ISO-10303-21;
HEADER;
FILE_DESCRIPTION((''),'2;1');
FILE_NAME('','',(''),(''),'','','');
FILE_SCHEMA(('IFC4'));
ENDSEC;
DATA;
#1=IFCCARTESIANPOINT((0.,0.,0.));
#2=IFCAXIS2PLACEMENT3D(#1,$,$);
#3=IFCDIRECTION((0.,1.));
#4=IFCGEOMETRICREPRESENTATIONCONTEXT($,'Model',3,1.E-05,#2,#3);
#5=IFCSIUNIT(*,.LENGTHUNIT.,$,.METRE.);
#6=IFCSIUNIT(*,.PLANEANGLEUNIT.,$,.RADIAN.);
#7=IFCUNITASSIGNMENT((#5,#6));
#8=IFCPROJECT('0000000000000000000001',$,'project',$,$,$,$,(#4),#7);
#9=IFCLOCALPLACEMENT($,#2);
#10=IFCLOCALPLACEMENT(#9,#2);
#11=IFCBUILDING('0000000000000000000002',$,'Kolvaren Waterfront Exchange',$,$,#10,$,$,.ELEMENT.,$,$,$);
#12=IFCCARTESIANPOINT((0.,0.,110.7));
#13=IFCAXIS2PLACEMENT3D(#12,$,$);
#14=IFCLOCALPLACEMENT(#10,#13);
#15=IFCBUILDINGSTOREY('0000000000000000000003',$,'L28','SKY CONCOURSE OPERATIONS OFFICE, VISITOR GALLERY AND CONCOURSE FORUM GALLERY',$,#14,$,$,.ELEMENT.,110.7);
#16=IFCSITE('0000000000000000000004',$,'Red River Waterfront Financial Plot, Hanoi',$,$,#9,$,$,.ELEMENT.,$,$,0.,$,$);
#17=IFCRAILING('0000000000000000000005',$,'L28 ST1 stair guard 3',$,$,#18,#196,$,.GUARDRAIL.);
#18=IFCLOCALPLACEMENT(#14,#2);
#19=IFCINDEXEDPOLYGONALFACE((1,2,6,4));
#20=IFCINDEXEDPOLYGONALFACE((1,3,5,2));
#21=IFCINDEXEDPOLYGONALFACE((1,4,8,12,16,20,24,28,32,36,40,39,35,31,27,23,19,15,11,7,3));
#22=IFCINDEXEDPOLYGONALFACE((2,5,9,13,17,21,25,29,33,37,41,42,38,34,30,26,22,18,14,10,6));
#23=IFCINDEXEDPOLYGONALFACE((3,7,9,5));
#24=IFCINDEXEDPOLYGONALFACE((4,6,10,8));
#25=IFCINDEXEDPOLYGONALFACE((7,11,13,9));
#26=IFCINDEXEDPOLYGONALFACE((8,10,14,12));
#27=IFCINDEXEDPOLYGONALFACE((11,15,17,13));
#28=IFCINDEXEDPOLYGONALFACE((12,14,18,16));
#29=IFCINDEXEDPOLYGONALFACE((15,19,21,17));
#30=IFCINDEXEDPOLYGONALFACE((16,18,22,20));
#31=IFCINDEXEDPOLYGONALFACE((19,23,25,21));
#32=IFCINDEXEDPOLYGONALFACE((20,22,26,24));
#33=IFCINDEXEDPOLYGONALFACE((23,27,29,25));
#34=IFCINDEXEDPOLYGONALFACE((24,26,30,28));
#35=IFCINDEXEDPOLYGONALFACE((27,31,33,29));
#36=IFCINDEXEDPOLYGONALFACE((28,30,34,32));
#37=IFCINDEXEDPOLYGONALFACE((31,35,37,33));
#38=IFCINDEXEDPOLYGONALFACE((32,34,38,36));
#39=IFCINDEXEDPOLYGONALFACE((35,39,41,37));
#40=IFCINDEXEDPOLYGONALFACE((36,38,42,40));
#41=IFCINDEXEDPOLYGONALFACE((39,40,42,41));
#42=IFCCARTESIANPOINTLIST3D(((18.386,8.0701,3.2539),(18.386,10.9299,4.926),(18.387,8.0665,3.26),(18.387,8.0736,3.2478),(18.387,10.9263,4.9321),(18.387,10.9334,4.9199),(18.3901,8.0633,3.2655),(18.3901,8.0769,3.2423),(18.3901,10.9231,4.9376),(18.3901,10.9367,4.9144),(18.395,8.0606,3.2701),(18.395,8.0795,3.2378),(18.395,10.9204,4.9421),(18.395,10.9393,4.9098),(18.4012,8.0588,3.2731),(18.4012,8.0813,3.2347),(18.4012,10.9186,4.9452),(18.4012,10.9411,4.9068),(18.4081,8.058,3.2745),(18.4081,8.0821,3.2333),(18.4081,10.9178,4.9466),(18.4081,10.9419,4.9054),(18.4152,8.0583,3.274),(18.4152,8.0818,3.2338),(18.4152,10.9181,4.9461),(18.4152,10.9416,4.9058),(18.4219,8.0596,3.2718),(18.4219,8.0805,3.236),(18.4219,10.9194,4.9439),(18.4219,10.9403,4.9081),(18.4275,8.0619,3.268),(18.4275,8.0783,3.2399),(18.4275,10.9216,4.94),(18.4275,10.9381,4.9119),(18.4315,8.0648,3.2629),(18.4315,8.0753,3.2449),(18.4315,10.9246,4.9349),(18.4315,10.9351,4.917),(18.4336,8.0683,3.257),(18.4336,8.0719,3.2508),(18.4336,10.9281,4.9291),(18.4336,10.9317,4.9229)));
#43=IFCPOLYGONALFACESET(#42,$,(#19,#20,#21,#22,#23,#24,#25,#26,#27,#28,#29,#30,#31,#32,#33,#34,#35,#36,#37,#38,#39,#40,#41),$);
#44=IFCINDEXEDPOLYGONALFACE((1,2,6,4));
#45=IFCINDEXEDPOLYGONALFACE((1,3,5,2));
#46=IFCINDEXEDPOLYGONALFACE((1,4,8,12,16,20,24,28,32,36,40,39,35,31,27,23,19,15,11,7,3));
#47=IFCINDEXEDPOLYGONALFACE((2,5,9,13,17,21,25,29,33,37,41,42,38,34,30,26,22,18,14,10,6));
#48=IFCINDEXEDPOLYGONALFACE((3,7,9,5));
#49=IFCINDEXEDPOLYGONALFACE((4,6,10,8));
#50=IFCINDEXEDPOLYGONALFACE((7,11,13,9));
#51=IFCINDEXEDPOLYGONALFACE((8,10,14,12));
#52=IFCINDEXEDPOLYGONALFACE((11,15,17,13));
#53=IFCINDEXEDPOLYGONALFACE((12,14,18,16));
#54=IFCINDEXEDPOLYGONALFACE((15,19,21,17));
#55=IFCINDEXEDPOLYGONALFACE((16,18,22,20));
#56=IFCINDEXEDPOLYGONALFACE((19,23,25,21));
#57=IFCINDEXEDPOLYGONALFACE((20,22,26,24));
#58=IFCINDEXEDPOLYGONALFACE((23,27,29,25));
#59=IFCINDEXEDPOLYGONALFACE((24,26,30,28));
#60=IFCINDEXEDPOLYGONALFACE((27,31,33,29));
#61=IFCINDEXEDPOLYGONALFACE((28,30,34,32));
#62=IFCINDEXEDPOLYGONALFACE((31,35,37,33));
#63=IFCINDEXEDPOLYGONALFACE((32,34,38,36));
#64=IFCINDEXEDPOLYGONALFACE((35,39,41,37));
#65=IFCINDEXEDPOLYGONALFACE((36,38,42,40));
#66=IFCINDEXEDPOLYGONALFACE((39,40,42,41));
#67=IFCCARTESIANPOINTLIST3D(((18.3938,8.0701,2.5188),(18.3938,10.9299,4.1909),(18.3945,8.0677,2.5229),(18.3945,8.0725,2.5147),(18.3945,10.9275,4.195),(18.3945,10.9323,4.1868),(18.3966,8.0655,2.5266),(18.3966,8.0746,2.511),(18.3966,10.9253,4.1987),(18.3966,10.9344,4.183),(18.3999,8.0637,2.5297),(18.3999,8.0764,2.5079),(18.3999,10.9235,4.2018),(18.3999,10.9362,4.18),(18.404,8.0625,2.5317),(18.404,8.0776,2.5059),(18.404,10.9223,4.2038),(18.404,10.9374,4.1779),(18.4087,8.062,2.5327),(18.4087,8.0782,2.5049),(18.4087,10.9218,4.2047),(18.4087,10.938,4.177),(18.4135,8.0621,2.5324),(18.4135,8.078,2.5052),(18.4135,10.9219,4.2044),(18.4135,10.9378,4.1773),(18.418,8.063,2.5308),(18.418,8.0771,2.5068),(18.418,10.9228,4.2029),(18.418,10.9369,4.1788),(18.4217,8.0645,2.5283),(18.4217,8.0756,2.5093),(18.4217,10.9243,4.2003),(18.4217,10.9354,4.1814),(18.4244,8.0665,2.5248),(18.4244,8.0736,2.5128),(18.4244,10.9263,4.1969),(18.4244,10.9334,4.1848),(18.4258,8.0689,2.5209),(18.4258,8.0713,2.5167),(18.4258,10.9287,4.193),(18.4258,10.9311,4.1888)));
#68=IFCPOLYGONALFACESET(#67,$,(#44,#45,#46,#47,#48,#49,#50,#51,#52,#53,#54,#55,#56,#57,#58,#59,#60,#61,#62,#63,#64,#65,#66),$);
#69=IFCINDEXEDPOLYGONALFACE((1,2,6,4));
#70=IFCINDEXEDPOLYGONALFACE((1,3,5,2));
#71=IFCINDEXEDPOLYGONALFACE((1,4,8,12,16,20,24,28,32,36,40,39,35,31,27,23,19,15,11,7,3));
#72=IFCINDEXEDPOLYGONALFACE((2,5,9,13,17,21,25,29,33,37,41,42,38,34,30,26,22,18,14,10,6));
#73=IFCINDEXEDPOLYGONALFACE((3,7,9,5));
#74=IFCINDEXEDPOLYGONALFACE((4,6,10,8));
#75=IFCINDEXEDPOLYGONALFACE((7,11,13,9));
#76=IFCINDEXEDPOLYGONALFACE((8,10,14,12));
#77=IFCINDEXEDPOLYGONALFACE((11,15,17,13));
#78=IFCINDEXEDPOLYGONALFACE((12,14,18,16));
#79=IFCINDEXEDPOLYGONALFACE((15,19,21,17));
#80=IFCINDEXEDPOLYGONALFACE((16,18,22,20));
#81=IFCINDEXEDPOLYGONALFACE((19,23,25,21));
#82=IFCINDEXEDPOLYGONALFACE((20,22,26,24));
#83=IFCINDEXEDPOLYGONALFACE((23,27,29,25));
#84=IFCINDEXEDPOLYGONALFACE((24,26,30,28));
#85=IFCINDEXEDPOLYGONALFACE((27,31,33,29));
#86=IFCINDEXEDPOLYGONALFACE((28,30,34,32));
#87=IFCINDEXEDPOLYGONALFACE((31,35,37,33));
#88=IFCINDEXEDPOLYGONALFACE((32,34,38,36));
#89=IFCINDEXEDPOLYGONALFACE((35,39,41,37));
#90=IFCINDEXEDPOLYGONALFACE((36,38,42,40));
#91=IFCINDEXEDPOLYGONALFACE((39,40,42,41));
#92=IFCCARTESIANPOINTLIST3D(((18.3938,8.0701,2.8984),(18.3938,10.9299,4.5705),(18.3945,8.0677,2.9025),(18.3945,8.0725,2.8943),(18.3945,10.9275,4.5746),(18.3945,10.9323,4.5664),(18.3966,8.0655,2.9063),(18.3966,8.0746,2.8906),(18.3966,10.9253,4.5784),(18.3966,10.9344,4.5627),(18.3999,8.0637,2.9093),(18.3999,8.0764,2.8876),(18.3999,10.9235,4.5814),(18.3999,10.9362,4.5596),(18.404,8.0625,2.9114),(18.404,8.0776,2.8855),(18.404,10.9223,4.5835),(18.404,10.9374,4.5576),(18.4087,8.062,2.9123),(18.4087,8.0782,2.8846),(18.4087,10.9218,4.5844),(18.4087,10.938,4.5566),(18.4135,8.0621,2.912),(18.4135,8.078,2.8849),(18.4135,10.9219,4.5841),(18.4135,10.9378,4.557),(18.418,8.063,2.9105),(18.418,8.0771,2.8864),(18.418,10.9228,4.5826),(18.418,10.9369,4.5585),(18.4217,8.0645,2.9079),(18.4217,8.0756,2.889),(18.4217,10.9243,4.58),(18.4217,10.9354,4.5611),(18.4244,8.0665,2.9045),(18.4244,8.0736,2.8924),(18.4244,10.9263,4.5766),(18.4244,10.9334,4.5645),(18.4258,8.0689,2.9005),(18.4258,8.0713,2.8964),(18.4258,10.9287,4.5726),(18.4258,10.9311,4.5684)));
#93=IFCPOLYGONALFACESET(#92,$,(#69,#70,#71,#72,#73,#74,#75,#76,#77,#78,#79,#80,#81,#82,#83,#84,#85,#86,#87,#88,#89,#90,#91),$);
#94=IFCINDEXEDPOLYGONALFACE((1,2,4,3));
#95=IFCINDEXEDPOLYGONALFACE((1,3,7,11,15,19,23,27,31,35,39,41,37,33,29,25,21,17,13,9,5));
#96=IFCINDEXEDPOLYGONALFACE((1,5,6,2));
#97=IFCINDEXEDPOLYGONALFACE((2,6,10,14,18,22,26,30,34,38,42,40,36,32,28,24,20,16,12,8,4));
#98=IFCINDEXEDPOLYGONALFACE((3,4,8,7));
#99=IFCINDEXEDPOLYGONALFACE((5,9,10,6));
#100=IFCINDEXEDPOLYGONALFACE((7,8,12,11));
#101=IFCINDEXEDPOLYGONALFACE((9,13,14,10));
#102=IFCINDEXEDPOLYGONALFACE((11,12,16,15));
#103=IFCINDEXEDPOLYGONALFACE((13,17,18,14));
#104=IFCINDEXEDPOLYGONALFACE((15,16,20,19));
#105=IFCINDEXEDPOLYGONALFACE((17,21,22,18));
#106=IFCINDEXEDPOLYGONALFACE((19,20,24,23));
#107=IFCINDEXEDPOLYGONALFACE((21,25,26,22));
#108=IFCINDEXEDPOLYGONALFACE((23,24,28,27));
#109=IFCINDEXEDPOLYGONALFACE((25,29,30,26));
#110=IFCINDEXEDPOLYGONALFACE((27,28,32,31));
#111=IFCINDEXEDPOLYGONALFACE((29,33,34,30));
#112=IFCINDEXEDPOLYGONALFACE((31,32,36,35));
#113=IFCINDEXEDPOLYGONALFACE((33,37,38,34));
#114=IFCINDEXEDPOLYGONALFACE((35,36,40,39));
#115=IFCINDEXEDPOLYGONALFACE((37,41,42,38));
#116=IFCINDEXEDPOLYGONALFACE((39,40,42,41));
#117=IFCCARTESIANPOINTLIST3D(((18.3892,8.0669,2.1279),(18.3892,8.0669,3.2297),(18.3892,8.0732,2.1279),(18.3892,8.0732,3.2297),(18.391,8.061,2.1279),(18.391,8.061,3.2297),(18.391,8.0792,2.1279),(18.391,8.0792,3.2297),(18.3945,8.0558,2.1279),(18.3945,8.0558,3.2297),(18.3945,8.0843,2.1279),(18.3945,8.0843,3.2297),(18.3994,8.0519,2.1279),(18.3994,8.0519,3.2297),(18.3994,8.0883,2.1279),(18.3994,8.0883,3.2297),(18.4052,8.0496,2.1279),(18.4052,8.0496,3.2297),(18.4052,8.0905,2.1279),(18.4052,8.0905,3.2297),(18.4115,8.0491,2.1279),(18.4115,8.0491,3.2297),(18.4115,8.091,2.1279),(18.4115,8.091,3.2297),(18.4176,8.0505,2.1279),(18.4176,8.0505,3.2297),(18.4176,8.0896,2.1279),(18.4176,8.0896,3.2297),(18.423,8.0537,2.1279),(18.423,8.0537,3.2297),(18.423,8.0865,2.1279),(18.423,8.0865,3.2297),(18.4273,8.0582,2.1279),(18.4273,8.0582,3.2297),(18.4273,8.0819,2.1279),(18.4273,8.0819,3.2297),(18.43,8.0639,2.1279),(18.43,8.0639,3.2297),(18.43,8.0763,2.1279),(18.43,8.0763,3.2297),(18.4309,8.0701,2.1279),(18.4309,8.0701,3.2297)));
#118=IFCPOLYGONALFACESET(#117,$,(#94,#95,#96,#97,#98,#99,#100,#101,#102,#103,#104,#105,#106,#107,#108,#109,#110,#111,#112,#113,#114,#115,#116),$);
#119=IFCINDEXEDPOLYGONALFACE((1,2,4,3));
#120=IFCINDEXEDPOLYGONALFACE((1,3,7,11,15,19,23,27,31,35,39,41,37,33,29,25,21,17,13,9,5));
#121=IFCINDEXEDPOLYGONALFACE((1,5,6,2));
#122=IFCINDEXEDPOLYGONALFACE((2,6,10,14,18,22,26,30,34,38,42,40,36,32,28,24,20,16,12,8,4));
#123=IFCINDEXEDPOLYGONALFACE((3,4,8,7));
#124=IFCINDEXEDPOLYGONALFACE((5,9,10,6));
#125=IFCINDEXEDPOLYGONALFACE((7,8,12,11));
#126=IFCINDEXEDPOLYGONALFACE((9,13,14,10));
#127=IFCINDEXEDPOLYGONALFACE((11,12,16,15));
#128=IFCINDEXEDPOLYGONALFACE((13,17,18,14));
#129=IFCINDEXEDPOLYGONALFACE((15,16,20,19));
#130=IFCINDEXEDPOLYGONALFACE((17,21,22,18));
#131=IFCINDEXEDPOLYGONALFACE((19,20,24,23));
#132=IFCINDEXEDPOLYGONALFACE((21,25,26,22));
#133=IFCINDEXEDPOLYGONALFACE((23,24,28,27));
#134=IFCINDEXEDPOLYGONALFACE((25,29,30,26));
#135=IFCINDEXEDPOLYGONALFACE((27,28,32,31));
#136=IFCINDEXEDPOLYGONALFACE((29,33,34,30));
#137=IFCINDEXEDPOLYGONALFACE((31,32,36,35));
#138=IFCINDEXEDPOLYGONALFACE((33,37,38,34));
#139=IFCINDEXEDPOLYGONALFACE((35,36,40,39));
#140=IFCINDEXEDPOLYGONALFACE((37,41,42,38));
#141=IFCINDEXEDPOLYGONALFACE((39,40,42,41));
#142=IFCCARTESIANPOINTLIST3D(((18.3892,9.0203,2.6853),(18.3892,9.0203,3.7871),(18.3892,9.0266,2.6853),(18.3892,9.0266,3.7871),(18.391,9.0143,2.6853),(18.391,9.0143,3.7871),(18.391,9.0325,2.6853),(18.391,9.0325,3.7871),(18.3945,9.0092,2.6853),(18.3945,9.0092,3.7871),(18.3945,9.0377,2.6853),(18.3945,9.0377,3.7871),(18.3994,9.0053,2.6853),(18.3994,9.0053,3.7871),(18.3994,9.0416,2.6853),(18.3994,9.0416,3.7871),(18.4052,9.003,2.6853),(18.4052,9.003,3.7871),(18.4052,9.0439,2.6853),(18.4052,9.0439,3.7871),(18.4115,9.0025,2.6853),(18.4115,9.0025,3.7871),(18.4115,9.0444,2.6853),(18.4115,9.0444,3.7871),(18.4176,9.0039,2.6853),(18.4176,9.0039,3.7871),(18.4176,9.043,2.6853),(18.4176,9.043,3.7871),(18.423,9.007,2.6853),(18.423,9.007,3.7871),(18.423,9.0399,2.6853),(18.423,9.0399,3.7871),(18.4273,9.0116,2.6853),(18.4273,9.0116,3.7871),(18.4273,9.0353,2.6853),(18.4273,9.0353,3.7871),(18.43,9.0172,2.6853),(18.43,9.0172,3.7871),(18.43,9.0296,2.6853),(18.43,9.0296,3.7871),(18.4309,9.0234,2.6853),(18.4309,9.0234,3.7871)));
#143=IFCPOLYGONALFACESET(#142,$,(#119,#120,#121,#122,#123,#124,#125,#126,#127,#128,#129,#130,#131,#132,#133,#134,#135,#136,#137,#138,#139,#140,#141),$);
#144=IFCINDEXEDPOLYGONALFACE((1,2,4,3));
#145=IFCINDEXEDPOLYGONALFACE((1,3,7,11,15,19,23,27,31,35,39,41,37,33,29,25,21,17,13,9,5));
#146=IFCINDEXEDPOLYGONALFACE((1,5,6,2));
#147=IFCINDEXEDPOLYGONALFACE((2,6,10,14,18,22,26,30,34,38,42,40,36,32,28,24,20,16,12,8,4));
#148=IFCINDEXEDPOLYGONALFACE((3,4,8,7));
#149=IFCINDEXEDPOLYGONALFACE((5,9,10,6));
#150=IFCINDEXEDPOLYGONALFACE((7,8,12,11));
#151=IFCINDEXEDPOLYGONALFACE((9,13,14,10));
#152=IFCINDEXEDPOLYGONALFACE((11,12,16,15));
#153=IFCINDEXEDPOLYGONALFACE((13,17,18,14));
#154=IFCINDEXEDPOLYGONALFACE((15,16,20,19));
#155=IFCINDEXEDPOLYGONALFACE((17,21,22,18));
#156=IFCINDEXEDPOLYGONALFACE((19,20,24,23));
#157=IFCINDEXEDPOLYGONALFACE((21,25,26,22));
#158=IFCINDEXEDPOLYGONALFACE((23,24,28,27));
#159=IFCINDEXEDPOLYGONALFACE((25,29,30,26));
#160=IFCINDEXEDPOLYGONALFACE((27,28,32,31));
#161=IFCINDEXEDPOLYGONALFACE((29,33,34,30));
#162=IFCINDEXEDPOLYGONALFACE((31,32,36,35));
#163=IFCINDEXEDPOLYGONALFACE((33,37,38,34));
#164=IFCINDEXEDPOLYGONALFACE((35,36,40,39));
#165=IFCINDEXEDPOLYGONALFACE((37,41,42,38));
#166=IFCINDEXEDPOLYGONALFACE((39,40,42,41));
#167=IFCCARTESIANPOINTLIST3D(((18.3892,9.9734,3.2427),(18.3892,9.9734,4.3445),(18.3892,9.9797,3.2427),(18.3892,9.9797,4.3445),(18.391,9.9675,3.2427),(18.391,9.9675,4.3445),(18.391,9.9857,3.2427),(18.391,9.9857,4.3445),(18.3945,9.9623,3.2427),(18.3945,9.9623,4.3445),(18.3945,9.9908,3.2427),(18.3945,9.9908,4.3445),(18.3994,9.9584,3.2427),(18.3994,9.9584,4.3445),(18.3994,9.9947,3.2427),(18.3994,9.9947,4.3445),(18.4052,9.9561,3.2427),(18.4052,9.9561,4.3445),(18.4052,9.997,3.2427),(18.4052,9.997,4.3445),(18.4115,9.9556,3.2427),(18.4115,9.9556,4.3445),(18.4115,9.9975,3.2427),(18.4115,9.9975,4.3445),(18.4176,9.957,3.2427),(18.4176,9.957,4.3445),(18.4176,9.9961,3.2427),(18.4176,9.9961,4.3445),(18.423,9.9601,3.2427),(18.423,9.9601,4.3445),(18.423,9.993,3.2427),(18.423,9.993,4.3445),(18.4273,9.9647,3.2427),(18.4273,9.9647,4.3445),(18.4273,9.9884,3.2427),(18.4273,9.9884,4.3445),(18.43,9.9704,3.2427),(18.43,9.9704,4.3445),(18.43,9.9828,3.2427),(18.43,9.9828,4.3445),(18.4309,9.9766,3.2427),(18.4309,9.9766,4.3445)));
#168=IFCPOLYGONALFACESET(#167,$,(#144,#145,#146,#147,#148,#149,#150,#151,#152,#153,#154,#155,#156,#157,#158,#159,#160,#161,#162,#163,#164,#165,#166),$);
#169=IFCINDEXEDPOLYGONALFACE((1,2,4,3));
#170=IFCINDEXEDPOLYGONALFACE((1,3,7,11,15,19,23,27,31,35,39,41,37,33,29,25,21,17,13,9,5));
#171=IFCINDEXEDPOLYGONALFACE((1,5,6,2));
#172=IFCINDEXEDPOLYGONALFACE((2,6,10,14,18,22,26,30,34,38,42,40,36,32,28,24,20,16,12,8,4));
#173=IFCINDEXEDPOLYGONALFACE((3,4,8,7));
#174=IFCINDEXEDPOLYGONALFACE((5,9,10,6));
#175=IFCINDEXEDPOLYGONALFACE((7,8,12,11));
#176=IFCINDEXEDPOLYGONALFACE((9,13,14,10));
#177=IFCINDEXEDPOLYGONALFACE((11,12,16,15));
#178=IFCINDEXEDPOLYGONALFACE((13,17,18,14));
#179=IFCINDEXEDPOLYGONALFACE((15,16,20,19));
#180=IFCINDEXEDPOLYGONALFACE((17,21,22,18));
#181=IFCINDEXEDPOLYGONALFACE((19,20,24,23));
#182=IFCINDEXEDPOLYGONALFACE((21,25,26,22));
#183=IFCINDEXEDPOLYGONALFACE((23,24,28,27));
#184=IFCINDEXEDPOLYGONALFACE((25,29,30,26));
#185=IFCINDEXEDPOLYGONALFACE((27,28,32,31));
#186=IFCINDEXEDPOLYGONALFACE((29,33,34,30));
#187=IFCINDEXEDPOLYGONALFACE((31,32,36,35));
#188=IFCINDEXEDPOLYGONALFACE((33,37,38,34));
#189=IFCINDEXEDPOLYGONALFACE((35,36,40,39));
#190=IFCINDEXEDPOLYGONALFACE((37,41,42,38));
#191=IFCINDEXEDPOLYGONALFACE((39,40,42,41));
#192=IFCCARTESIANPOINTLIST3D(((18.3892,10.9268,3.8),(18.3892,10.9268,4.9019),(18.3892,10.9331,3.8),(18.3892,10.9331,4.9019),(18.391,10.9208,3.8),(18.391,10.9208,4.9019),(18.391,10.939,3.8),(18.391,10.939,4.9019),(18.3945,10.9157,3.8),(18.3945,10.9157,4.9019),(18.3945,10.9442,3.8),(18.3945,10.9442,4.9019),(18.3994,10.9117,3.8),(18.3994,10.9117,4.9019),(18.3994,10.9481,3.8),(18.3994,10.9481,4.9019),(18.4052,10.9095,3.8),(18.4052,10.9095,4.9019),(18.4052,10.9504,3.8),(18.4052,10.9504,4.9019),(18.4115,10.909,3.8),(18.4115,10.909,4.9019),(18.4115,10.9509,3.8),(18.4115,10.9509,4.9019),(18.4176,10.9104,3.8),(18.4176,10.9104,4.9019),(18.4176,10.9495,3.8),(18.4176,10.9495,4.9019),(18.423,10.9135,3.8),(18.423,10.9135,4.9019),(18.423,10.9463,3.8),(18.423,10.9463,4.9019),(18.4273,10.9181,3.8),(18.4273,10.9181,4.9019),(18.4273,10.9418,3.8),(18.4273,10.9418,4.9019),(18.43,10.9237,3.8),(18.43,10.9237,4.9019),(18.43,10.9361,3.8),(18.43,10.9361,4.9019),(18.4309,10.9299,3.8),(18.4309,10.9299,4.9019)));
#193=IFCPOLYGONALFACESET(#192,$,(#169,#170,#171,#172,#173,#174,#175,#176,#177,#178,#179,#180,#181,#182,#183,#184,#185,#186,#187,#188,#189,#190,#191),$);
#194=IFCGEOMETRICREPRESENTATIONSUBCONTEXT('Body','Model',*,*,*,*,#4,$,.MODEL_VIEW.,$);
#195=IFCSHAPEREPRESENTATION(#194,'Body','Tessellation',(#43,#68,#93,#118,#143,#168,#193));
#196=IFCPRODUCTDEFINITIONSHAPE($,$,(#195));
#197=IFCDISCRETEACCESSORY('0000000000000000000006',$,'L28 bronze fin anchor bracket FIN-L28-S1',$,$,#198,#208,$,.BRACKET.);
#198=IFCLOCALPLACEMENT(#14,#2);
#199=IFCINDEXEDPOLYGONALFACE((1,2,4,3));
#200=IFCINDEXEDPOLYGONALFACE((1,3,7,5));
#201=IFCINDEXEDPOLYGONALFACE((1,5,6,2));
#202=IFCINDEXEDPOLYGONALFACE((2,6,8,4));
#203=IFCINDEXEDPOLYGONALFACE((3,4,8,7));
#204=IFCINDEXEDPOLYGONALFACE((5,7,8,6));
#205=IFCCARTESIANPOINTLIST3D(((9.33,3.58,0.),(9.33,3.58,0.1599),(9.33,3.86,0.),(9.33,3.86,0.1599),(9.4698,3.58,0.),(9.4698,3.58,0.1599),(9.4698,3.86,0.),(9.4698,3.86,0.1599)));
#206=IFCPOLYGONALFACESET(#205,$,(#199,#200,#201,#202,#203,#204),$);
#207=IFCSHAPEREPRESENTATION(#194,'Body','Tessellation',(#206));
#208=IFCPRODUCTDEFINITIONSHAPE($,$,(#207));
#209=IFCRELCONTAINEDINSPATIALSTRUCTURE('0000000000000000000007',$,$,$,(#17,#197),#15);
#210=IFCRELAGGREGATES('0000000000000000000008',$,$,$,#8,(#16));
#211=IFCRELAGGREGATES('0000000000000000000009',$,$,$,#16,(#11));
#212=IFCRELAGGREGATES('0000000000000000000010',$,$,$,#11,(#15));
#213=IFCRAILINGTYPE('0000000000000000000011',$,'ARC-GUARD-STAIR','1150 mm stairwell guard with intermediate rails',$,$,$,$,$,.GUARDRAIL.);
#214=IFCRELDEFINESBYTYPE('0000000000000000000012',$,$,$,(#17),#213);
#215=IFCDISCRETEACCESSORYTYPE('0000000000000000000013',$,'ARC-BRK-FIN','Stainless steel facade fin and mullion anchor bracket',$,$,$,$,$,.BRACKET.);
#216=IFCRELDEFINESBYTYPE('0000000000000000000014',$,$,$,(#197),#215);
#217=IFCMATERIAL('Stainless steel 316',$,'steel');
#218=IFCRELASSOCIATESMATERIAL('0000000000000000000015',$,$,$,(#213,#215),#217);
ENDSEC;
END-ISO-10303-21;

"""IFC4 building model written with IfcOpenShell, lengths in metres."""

from ifc_helpers import new_model, si_unit, direction, frame, origin, origin_with_axes, origin_2d, place, context, subcontext, project, spatial, rectangle, circle, extrude, source, transform, mapped, material, type_object, element, save


model = new_model("IFC4")

# Units and contexts
model_context = context("Model", 3, precision=1e-05, world=origin(), true_north=direction((0.0, 1.0)))
body_context = subcontext(model_context, "Body", "Model", "MODEL_VIEW")
ifc_project = project(units=[si_unit("LENGTHUNIT", "METRE"), si_unit("PLANEANGLEUNIT", "RADIAN")], contexts=[model_context])

# Site, building, storey
site_placement = place(None, origin())
site = spatial("IfcSite", under=ifc_project, at=site_placement, Name="Red River Waterfront Financial Plot, Hanoi", CompositionType="ELEMENT", RefElevation=0.0)
building_placement = place(site_placement, origin())
building = spatial("IfcBuilding", under=site, at=building_placement, Name="Kolvaren Waterfront Exchange", CompositionType="ELEMENT")
storey_placement = place(building_placement, frame((0.0, 0.0, 110.7)))
storey = spatial("IfcBuildingStorey", under=building, at=storey_placement, Name="L28", Description="SKY CONCOURSE OPERATIONS OFFICE, VISITOR GALLERY AND CONCOURSE FORUM GALLERY", CompositionType="ELEMENT", Elevation=110.7)

# Railing
ifc_material_1 = material(Name="Stainless steel 316", Category="steel")
railing_type = type_object("IfcRailingType", Name="ARC-GUARD-STAIR", Description="1150 mm stairwell guard with intermediate rails", PredefinedType="GUARDRAIL", material=ifc_material_1)
railing_1_placement = place(storey_placement, frame((18.4099, 8.0701, 2.1279)))
element("IfcRailing", 1, at=railing_1_placement, inside=storey, type_object=railing_type, Name="L28 ST1 stair guard 3", PredefinedType="GUARDRAIL", context=body_context, shape_type="SweptSolid", body=[
    extrude(circle(Radius=0.0239, at=origin_2d()), frame((0.0, 0.0, 1.126), z_axis=(0.0, 0.863271, 0.504741), x_axis=(-1.0, 0.0, 0.0)), (0.0, 0.0, 1.0), 3.3127),
    extrude(circle(Radius=0.0161, at=origin_2d()), frame((0.0, 0.0, 0.3909), z_axis=(0.0, 0.863271, 0.504741), x_axis=(-1.0, 0.0, 0.0)), (0.0, 0.0, 1.0), 3.3127),
    extrude(circle(Radius=0.0161, at=origin_2d()), frame((0.0, 0.0, 0.7705), z_axis=(0.0, 0.863271, 0.504741), x_axis=(-1.0, 0.0, 0.0)), (0.0, 0.0, 1.0), 3.3127),
    extrude(circle(Radius=0.021, at=origin_2d()), origin(), (0.0, 0.0, 1.0), 1.1018),
    extrude(circle(Radius=0.021, at=origin_2d()), frame((0.0, 0.9534, 0.5574)), (0.0, 0.0, 1.0), 1.1018),
    extrude(circle(Radius=0.021, at=origin_2d()), frame((0.0, 1.9065, 1.1147)), (0.0, 0.0, 1.0), 1.1018),
    extrude(circle(Radius=0.021, at=origin_2d()), frame((0.0, 2.8599, 1.6721)), (0.0, 0.0, 1.0), 1.1018),
])

# Discrete accessory
discrete_accessory_type = type_object("IfcDiscreteAccessoryType", Name="ARC-BRK-FIN", Description="Stainless steel facade fin and mullion anchor bracket", PredefinedType="BRACKET", material=ifc_material_1)
shared_shape_1 = source(origin_with_axes(), body_context, "Body", "SweptSolid", [
    extrude(rectangle(XDim=0.28, YDim=0.1399, at=origin_2d()), origin(), (0.0, 0.0, 1.0), 0.1599),
])
for number, where, z_axis, x_axis, name in (
    (2, (9.3999, 3.72, 0.0), (0.0, 0.0, 1.0), (0.0, -1.0, 0.0), "L28 bronze fin anchor bracket FIN-L28-S1"),
):
    element("IfcDiscreteAccessory", number, at=place(storey_placement, frame(where, z_axis=z_axis, x_axis=x_axis)), inside=storey, type_object=discrete_accessory_type, Name=name, PredefinedType="BRACKET", context=body_context, shape_type="MappedRepresentation", body=[
        mapped(shared_shape_1, transform((0.0, 0.0, 0.0), x_axis=(1.0, 0.0, 0.0), y_axis=(0.0, 1.0, 0.0), z_axis=(0.0, 0.0, 1.0), scale=1.0)),
    ])

save(model, "model.ifc")
